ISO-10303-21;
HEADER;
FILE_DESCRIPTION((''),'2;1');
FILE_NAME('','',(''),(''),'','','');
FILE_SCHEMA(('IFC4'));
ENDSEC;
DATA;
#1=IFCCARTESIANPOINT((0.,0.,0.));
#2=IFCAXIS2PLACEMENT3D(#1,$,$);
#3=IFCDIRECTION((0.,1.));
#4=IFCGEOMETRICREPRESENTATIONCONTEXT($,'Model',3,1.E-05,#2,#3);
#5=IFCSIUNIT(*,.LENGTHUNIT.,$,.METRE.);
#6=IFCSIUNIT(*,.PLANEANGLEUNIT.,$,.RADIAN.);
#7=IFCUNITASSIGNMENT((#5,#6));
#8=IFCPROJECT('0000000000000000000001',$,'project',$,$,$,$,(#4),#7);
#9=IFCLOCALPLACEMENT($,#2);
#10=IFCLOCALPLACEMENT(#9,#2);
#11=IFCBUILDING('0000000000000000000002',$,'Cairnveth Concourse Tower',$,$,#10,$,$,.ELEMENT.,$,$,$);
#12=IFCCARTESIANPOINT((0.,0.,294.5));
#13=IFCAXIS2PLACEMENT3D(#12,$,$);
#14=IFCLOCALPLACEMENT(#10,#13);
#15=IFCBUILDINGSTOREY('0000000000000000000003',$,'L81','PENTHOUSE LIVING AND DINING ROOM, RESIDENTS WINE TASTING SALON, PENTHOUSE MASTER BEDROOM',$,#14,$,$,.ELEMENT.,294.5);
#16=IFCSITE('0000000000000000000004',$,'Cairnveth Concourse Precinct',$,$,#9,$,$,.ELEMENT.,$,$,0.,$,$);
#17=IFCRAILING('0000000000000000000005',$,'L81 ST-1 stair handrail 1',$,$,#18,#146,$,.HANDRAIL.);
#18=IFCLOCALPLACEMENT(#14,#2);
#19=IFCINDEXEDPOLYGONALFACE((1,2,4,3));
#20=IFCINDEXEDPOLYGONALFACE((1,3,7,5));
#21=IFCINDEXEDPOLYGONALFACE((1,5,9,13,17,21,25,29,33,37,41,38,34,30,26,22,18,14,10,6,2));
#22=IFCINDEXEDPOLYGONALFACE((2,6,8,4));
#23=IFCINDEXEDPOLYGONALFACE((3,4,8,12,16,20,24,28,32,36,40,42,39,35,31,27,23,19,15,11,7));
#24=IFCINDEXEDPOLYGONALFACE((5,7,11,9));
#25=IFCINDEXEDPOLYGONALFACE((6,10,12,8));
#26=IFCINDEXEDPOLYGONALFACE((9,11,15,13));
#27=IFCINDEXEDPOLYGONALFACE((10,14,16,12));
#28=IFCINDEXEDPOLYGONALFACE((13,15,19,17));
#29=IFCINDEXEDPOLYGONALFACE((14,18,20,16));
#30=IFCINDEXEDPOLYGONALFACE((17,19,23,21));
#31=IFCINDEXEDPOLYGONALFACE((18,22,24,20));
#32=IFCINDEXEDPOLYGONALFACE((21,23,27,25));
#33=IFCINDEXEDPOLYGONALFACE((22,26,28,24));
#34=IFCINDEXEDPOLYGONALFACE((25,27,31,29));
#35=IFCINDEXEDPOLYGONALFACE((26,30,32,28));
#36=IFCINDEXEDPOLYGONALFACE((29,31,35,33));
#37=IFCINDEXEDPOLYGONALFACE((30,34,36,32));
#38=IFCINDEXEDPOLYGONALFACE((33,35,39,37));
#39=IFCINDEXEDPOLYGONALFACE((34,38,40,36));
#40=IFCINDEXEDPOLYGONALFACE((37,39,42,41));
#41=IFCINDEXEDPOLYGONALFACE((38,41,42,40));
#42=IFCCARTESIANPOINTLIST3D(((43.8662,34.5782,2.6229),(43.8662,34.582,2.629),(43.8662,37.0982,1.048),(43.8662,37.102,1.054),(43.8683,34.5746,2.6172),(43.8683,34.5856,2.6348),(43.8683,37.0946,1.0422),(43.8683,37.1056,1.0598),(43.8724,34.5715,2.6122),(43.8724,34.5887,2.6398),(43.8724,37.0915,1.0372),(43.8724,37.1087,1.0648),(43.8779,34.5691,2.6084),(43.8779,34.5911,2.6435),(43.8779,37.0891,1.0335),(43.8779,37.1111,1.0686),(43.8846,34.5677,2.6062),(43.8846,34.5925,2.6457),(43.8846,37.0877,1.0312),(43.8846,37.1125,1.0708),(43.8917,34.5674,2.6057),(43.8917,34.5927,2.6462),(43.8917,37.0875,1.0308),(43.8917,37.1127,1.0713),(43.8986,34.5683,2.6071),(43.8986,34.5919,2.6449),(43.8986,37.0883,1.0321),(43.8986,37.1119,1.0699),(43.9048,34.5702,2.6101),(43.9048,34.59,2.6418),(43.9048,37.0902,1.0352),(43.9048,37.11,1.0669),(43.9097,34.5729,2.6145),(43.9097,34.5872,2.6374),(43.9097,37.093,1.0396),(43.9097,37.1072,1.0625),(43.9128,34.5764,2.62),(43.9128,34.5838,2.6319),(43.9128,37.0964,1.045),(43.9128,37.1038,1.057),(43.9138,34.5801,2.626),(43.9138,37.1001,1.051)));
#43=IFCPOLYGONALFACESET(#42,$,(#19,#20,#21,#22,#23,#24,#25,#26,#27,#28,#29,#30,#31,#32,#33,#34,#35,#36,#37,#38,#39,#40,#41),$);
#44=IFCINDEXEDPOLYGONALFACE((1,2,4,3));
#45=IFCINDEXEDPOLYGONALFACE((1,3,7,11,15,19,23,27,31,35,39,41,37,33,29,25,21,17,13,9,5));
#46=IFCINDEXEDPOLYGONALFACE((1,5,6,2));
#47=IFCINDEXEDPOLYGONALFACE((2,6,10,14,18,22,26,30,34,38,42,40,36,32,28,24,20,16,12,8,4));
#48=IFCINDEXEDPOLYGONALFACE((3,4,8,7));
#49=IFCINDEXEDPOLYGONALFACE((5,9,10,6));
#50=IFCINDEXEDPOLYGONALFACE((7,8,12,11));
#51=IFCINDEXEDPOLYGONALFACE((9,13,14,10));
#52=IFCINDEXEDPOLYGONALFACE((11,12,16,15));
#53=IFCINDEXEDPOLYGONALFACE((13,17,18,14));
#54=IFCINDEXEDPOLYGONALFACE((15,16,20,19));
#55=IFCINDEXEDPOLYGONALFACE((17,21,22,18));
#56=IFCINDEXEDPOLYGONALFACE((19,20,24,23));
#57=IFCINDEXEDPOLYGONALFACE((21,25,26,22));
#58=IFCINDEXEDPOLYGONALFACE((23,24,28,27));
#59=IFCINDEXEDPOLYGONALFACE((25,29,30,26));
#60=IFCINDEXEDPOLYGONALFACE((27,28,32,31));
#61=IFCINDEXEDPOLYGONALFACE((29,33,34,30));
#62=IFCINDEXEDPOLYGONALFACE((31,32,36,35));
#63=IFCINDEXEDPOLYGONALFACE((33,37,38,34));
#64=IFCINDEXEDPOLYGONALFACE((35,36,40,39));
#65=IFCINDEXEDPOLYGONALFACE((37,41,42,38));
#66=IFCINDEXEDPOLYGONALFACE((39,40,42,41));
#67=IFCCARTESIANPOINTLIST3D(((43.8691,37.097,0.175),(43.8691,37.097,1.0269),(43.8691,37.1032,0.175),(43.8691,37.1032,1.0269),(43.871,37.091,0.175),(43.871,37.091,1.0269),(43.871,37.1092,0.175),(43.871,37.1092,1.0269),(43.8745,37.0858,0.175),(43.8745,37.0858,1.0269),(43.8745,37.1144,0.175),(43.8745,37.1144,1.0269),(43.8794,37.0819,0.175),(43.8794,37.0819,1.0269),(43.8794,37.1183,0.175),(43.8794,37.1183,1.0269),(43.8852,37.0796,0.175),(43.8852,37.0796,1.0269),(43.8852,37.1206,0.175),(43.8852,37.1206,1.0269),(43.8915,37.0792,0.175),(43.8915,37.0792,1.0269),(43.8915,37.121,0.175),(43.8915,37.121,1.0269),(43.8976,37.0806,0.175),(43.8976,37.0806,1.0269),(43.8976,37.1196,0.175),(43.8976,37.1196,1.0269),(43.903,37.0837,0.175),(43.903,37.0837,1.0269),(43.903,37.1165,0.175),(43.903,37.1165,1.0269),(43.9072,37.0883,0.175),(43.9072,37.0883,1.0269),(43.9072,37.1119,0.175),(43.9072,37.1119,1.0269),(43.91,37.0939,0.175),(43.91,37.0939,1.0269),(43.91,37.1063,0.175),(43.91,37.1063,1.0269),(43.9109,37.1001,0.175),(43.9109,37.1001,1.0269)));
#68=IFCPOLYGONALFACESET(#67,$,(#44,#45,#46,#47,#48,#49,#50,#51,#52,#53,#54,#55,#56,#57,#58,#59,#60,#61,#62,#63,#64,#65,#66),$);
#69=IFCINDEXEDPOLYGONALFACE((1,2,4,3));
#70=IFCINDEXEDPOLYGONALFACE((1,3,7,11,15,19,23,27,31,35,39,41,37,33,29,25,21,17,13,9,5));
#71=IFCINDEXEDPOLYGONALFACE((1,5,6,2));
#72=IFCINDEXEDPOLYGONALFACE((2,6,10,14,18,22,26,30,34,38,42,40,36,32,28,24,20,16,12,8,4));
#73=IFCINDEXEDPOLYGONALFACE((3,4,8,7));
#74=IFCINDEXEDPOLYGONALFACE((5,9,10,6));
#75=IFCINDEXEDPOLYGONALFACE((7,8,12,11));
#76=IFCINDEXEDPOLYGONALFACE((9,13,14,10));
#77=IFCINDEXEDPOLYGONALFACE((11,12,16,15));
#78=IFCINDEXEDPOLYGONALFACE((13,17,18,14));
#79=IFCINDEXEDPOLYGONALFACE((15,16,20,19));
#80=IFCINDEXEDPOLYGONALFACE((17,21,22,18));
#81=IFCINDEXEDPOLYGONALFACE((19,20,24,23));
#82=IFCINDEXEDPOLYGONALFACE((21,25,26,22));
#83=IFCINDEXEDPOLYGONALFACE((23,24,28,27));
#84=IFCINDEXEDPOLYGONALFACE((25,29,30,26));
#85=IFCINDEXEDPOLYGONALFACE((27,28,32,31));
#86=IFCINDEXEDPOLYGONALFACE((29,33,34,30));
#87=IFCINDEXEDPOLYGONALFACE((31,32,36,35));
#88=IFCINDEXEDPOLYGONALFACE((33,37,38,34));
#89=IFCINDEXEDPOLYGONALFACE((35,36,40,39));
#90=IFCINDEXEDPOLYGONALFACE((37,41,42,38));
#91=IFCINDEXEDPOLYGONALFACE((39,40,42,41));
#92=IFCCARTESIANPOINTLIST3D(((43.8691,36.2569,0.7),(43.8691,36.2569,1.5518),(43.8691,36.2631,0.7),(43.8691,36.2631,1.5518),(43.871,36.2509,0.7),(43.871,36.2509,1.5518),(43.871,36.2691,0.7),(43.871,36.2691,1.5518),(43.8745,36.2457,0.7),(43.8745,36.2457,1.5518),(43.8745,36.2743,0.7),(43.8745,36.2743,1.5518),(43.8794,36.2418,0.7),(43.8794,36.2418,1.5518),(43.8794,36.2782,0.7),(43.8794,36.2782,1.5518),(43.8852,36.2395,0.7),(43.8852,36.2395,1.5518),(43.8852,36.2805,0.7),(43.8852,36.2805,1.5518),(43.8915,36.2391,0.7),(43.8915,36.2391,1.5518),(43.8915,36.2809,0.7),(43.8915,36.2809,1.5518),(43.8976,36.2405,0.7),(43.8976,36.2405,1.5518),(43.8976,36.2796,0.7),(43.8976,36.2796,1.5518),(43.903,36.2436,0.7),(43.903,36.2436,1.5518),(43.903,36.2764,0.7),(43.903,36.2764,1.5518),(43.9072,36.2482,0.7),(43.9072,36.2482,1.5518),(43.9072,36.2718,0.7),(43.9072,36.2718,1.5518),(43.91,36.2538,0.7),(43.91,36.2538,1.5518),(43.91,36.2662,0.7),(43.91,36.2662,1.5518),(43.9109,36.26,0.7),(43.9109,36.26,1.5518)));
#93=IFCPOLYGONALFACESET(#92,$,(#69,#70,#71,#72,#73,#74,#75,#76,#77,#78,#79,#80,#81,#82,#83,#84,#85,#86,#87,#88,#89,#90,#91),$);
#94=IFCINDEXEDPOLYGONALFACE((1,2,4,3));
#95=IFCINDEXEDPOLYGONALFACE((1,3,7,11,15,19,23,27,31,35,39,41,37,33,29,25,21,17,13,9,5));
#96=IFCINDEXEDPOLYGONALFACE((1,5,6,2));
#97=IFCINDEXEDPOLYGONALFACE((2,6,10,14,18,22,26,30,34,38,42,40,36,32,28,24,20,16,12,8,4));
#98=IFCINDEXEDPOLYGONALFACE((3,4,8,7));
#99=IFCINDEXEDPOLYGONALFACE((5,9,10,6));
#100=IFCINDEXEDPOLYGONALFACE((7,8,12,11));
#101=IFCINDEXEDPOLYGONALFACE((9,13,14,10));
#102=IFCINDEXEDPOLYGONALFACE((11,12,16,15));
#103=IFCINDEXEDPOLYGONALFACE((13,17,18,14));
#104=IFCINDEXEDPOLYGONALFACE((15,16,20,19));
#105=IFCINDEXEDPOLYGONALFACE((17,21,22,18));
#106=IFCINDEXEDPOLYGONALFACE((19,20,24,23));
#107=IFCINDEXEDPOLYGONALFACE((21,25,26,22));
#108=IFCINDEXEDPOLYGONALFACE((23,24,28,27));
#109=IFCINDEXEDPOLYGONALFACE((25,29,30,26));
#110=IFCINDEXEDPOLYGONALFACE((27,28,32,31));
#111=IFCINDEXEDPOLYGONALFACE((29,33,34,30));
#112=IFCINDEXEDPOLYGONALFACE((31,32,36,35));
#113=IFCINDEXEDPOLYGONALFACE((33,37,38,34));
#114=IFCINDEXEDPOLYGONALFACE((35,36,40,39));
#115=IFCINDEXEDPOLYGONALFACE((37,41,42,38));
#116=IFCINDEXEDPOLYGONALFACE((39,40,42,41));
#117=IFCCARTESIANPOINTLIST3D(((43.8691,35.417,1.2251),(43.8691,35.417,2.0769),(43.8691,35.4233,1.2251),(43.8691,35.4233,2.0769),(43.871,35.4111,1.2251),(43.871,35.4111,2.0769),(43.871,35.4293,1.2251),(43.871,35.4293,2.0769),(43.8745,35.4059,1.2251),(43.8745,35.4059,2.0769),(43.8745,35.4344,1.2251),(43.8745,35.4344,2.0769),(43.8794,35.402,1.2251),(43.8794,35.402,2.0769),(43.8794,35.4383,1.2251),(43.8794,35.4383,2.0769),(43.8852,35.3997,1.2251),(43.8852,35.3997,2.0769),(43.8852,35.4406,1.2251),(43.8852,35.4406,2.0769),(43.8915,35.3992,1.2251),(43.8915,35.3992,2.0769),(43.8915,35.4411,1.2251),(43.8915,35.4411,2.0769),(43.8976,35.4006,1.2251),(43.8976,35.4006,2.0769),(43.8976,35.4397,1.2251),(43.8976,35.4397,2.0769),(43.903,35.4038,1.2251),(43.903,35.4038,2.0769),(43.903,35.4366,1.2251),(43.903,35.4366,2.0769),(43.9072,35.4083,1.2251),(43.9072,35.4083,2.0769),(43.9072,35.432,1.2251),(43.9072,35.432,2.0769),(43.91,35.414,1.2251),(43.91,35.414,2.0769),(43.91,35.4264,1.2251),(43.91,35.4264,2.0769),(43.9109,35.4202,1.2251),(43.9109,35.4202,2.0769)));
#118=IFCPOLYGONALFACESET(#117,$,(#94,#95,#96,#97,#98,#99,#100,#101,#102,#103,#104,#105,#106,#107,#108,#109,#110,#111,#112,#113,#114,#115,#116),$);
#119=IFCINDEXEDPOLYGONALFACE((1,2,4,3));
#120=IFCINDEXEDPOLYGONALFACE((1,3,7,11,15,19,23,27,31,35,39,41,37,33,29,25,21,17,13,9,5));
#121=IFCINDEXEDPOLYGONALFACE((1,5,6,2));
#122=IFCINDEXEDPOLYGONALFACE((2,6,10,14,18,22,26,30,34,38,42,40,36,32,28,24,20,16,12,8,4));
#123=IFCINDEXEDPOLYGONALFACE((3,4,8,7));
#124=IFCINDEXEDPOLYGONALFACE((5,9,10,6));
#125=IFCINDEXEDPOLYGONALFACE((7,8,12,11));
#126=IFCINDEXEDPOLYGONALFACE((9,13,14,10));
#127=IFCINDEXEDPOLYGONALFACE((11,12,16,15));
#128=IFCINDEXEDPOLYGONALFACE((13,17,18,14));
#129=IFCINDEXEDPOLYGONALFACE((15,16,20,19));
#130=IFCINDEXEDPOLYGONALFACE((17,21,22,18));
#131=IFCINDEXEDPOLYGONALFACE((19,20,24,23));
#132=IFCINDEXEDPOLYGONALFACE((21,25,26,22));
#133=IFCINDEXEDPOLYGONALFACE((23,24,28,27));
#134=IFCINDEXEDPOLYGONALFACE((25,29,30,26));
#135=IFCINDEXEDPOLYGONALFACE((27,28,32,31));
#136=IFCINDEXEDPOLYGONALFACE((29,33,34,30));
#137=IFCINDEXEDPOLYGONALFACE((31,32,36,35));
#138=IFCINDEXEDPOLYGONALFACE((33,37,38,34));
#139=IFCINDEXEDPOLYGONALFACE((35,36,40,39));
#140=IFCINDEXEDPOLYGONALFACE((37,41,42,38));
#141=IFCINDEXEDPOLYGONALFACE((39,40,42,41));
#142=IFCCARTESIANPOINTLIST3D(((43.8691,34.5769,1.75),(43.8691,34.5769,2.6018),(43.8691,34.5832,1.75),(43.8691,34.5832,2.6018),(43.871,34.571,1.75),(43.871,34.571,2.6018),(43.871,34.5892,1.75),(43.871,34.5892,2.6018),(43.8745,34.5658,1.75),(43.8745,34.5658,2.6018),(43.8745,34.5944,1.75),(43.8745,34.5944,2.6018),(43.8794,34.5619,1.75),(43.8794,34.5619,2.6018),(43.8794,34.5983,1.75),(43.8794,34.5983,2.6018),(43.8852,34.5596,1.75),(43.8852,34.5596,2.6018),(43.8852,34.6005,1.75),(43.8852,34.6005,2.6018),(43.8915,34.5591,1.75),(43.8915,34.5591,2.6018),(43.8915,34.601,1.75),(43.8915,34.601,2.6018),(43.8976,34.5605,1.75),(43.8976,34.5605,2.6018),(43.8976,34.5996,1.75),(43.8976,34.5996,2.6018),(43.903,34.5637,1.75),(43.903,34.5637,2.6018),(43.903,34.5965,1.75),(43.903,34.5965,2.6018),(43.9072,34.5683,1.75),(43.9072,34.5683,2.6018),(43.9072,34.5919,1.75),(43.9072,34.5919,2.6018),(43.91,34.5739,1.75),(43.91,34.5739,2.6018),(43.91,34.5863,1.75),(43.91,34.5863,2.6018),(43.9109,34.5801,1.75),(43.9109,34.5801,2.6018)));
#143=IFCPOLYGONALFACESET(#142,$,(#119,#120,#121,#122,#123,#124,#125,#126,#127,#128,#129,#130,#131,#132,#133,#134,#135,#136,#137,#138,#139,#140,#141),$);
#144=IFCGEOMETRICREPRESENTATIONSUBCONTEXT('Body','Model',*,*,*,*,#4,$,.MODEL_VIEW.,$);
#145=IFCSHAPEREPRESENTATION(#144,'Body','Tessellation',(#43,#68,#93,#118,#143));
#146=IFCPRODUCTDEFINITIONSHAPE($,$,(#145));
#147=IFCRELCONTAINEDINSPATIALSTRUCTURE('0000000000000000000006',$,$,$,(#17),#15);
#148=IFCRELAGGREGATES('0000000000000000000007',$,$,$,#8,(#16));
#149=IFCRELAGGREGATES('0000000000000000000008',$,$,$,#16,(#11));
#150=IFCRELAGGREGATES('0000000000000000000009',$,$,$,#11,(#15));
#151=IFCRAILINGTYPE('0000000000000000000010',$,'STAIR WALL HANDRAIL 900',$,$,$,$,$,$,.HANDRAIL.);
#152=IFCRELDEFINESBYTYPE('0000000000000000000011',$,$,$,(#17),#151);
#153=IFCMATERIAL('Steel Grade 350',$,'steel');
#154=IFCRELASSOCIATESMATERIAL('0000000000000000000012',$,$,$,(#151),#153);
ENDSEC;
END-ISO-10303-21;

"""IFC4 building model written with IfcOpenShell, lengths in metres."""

from ifc_helpers import new_model, si_unit, direction, frame, origin, origin_2d, place, context, subcontext, project, spatial, circle, extrude, material, type_object, element, save


model = new_model("IFC4")

# Units and contexts
model_context = context("Model", 3, precision=1e-05, world=origin(), true_north=direction((0.0, 1.0)))
body_context = subcontext(model_context, "Body", "Model", "MODEL_VIEW")
ifc_project = project(units=[si_unit("LENGTHUNIT", "METRE"), si_unit("PLANEANGLEUNIT", "RADIAN")], contexts=[model_context])

# Site, building, storey
site_placement = place(None, origin())
site = spatial("IfcSite", under=ifc_project, at=site_placement, Name="Cairnveth Concourse Precinct", CompositionType="ELEMENT", RefElevation=0.0)
building_placement = place(site_placement, origin())
building = spatial("IfcBuilding", under=site, at=building_placement, Name="Cairnveth Concourse Tower", CompositionType="ELEMENT")
storey_placement = place(building_placement, frame((0.0, 0.0, 294.5)))
storey = spatial("IfcBuildingStorey", under=building, at=storey_placement, Name="L81", Description="PENTHOUSE LIVING AND DINING ROOM, RESIDENTS WINE TASTING SALON, PENTHOUSE MASTER BEDROOM", CompositionType="ELEMENT", Elevation=294.5)

# Shared definitions
ifc_material_1 = material(Name="Steel Grade 350", Category="steel")

# Railing
railing_type_1 = type_object("IfcRailingType", Name="STAIR WALL HANDRAIL 900", PredefinedType="HANDRAIL", material=ifc_material_1)
railing_1_placement = place(storey_placement, frame((43.8899, 37.1001, 0.175)))
element("IfcRailing", 1, at=railing_1_placement, inside=storey, type_object=railing_type_1, Name="L81 ST-1 stair handrail 1", PredefinedType="HANDRAIL", context=body_context, shape_type="SweptSolid", body=[
    extrude(circle(Radius=0.0239, at=origin_2d()), frame((0.0, 0.0, 0.876), z_axis=(0.0, -0.848008, 0.529984), x_axis=(1.0, 0.0, 0.0)), (0.0, 0.0, 1.0), 2.9717),
    extrude(circle(Radius=0.021, at=origin_2d()), origin(), (0.0, 0.0, 1.0), 0.8518),
    extrude(circle(Radius=0.021, at=origin_2d()), frame((0.0, -0.8401, 0.5249)), (0.0, 0.0, 1.0), 0.8518),
    extrude(circle(Radius=0.021, at=origin_2d()), frame((0.0, -1.6799, 1.05)), (0.0, 0.0, 1.0), 0.8518),
    extrude(circle(Radius=0.021, at=origin_2d()), frame((0.0, -2.52, 1.575)), (0.0, 0.0, 1.0), 0.8518),
])

save(model, "model.ifc")
